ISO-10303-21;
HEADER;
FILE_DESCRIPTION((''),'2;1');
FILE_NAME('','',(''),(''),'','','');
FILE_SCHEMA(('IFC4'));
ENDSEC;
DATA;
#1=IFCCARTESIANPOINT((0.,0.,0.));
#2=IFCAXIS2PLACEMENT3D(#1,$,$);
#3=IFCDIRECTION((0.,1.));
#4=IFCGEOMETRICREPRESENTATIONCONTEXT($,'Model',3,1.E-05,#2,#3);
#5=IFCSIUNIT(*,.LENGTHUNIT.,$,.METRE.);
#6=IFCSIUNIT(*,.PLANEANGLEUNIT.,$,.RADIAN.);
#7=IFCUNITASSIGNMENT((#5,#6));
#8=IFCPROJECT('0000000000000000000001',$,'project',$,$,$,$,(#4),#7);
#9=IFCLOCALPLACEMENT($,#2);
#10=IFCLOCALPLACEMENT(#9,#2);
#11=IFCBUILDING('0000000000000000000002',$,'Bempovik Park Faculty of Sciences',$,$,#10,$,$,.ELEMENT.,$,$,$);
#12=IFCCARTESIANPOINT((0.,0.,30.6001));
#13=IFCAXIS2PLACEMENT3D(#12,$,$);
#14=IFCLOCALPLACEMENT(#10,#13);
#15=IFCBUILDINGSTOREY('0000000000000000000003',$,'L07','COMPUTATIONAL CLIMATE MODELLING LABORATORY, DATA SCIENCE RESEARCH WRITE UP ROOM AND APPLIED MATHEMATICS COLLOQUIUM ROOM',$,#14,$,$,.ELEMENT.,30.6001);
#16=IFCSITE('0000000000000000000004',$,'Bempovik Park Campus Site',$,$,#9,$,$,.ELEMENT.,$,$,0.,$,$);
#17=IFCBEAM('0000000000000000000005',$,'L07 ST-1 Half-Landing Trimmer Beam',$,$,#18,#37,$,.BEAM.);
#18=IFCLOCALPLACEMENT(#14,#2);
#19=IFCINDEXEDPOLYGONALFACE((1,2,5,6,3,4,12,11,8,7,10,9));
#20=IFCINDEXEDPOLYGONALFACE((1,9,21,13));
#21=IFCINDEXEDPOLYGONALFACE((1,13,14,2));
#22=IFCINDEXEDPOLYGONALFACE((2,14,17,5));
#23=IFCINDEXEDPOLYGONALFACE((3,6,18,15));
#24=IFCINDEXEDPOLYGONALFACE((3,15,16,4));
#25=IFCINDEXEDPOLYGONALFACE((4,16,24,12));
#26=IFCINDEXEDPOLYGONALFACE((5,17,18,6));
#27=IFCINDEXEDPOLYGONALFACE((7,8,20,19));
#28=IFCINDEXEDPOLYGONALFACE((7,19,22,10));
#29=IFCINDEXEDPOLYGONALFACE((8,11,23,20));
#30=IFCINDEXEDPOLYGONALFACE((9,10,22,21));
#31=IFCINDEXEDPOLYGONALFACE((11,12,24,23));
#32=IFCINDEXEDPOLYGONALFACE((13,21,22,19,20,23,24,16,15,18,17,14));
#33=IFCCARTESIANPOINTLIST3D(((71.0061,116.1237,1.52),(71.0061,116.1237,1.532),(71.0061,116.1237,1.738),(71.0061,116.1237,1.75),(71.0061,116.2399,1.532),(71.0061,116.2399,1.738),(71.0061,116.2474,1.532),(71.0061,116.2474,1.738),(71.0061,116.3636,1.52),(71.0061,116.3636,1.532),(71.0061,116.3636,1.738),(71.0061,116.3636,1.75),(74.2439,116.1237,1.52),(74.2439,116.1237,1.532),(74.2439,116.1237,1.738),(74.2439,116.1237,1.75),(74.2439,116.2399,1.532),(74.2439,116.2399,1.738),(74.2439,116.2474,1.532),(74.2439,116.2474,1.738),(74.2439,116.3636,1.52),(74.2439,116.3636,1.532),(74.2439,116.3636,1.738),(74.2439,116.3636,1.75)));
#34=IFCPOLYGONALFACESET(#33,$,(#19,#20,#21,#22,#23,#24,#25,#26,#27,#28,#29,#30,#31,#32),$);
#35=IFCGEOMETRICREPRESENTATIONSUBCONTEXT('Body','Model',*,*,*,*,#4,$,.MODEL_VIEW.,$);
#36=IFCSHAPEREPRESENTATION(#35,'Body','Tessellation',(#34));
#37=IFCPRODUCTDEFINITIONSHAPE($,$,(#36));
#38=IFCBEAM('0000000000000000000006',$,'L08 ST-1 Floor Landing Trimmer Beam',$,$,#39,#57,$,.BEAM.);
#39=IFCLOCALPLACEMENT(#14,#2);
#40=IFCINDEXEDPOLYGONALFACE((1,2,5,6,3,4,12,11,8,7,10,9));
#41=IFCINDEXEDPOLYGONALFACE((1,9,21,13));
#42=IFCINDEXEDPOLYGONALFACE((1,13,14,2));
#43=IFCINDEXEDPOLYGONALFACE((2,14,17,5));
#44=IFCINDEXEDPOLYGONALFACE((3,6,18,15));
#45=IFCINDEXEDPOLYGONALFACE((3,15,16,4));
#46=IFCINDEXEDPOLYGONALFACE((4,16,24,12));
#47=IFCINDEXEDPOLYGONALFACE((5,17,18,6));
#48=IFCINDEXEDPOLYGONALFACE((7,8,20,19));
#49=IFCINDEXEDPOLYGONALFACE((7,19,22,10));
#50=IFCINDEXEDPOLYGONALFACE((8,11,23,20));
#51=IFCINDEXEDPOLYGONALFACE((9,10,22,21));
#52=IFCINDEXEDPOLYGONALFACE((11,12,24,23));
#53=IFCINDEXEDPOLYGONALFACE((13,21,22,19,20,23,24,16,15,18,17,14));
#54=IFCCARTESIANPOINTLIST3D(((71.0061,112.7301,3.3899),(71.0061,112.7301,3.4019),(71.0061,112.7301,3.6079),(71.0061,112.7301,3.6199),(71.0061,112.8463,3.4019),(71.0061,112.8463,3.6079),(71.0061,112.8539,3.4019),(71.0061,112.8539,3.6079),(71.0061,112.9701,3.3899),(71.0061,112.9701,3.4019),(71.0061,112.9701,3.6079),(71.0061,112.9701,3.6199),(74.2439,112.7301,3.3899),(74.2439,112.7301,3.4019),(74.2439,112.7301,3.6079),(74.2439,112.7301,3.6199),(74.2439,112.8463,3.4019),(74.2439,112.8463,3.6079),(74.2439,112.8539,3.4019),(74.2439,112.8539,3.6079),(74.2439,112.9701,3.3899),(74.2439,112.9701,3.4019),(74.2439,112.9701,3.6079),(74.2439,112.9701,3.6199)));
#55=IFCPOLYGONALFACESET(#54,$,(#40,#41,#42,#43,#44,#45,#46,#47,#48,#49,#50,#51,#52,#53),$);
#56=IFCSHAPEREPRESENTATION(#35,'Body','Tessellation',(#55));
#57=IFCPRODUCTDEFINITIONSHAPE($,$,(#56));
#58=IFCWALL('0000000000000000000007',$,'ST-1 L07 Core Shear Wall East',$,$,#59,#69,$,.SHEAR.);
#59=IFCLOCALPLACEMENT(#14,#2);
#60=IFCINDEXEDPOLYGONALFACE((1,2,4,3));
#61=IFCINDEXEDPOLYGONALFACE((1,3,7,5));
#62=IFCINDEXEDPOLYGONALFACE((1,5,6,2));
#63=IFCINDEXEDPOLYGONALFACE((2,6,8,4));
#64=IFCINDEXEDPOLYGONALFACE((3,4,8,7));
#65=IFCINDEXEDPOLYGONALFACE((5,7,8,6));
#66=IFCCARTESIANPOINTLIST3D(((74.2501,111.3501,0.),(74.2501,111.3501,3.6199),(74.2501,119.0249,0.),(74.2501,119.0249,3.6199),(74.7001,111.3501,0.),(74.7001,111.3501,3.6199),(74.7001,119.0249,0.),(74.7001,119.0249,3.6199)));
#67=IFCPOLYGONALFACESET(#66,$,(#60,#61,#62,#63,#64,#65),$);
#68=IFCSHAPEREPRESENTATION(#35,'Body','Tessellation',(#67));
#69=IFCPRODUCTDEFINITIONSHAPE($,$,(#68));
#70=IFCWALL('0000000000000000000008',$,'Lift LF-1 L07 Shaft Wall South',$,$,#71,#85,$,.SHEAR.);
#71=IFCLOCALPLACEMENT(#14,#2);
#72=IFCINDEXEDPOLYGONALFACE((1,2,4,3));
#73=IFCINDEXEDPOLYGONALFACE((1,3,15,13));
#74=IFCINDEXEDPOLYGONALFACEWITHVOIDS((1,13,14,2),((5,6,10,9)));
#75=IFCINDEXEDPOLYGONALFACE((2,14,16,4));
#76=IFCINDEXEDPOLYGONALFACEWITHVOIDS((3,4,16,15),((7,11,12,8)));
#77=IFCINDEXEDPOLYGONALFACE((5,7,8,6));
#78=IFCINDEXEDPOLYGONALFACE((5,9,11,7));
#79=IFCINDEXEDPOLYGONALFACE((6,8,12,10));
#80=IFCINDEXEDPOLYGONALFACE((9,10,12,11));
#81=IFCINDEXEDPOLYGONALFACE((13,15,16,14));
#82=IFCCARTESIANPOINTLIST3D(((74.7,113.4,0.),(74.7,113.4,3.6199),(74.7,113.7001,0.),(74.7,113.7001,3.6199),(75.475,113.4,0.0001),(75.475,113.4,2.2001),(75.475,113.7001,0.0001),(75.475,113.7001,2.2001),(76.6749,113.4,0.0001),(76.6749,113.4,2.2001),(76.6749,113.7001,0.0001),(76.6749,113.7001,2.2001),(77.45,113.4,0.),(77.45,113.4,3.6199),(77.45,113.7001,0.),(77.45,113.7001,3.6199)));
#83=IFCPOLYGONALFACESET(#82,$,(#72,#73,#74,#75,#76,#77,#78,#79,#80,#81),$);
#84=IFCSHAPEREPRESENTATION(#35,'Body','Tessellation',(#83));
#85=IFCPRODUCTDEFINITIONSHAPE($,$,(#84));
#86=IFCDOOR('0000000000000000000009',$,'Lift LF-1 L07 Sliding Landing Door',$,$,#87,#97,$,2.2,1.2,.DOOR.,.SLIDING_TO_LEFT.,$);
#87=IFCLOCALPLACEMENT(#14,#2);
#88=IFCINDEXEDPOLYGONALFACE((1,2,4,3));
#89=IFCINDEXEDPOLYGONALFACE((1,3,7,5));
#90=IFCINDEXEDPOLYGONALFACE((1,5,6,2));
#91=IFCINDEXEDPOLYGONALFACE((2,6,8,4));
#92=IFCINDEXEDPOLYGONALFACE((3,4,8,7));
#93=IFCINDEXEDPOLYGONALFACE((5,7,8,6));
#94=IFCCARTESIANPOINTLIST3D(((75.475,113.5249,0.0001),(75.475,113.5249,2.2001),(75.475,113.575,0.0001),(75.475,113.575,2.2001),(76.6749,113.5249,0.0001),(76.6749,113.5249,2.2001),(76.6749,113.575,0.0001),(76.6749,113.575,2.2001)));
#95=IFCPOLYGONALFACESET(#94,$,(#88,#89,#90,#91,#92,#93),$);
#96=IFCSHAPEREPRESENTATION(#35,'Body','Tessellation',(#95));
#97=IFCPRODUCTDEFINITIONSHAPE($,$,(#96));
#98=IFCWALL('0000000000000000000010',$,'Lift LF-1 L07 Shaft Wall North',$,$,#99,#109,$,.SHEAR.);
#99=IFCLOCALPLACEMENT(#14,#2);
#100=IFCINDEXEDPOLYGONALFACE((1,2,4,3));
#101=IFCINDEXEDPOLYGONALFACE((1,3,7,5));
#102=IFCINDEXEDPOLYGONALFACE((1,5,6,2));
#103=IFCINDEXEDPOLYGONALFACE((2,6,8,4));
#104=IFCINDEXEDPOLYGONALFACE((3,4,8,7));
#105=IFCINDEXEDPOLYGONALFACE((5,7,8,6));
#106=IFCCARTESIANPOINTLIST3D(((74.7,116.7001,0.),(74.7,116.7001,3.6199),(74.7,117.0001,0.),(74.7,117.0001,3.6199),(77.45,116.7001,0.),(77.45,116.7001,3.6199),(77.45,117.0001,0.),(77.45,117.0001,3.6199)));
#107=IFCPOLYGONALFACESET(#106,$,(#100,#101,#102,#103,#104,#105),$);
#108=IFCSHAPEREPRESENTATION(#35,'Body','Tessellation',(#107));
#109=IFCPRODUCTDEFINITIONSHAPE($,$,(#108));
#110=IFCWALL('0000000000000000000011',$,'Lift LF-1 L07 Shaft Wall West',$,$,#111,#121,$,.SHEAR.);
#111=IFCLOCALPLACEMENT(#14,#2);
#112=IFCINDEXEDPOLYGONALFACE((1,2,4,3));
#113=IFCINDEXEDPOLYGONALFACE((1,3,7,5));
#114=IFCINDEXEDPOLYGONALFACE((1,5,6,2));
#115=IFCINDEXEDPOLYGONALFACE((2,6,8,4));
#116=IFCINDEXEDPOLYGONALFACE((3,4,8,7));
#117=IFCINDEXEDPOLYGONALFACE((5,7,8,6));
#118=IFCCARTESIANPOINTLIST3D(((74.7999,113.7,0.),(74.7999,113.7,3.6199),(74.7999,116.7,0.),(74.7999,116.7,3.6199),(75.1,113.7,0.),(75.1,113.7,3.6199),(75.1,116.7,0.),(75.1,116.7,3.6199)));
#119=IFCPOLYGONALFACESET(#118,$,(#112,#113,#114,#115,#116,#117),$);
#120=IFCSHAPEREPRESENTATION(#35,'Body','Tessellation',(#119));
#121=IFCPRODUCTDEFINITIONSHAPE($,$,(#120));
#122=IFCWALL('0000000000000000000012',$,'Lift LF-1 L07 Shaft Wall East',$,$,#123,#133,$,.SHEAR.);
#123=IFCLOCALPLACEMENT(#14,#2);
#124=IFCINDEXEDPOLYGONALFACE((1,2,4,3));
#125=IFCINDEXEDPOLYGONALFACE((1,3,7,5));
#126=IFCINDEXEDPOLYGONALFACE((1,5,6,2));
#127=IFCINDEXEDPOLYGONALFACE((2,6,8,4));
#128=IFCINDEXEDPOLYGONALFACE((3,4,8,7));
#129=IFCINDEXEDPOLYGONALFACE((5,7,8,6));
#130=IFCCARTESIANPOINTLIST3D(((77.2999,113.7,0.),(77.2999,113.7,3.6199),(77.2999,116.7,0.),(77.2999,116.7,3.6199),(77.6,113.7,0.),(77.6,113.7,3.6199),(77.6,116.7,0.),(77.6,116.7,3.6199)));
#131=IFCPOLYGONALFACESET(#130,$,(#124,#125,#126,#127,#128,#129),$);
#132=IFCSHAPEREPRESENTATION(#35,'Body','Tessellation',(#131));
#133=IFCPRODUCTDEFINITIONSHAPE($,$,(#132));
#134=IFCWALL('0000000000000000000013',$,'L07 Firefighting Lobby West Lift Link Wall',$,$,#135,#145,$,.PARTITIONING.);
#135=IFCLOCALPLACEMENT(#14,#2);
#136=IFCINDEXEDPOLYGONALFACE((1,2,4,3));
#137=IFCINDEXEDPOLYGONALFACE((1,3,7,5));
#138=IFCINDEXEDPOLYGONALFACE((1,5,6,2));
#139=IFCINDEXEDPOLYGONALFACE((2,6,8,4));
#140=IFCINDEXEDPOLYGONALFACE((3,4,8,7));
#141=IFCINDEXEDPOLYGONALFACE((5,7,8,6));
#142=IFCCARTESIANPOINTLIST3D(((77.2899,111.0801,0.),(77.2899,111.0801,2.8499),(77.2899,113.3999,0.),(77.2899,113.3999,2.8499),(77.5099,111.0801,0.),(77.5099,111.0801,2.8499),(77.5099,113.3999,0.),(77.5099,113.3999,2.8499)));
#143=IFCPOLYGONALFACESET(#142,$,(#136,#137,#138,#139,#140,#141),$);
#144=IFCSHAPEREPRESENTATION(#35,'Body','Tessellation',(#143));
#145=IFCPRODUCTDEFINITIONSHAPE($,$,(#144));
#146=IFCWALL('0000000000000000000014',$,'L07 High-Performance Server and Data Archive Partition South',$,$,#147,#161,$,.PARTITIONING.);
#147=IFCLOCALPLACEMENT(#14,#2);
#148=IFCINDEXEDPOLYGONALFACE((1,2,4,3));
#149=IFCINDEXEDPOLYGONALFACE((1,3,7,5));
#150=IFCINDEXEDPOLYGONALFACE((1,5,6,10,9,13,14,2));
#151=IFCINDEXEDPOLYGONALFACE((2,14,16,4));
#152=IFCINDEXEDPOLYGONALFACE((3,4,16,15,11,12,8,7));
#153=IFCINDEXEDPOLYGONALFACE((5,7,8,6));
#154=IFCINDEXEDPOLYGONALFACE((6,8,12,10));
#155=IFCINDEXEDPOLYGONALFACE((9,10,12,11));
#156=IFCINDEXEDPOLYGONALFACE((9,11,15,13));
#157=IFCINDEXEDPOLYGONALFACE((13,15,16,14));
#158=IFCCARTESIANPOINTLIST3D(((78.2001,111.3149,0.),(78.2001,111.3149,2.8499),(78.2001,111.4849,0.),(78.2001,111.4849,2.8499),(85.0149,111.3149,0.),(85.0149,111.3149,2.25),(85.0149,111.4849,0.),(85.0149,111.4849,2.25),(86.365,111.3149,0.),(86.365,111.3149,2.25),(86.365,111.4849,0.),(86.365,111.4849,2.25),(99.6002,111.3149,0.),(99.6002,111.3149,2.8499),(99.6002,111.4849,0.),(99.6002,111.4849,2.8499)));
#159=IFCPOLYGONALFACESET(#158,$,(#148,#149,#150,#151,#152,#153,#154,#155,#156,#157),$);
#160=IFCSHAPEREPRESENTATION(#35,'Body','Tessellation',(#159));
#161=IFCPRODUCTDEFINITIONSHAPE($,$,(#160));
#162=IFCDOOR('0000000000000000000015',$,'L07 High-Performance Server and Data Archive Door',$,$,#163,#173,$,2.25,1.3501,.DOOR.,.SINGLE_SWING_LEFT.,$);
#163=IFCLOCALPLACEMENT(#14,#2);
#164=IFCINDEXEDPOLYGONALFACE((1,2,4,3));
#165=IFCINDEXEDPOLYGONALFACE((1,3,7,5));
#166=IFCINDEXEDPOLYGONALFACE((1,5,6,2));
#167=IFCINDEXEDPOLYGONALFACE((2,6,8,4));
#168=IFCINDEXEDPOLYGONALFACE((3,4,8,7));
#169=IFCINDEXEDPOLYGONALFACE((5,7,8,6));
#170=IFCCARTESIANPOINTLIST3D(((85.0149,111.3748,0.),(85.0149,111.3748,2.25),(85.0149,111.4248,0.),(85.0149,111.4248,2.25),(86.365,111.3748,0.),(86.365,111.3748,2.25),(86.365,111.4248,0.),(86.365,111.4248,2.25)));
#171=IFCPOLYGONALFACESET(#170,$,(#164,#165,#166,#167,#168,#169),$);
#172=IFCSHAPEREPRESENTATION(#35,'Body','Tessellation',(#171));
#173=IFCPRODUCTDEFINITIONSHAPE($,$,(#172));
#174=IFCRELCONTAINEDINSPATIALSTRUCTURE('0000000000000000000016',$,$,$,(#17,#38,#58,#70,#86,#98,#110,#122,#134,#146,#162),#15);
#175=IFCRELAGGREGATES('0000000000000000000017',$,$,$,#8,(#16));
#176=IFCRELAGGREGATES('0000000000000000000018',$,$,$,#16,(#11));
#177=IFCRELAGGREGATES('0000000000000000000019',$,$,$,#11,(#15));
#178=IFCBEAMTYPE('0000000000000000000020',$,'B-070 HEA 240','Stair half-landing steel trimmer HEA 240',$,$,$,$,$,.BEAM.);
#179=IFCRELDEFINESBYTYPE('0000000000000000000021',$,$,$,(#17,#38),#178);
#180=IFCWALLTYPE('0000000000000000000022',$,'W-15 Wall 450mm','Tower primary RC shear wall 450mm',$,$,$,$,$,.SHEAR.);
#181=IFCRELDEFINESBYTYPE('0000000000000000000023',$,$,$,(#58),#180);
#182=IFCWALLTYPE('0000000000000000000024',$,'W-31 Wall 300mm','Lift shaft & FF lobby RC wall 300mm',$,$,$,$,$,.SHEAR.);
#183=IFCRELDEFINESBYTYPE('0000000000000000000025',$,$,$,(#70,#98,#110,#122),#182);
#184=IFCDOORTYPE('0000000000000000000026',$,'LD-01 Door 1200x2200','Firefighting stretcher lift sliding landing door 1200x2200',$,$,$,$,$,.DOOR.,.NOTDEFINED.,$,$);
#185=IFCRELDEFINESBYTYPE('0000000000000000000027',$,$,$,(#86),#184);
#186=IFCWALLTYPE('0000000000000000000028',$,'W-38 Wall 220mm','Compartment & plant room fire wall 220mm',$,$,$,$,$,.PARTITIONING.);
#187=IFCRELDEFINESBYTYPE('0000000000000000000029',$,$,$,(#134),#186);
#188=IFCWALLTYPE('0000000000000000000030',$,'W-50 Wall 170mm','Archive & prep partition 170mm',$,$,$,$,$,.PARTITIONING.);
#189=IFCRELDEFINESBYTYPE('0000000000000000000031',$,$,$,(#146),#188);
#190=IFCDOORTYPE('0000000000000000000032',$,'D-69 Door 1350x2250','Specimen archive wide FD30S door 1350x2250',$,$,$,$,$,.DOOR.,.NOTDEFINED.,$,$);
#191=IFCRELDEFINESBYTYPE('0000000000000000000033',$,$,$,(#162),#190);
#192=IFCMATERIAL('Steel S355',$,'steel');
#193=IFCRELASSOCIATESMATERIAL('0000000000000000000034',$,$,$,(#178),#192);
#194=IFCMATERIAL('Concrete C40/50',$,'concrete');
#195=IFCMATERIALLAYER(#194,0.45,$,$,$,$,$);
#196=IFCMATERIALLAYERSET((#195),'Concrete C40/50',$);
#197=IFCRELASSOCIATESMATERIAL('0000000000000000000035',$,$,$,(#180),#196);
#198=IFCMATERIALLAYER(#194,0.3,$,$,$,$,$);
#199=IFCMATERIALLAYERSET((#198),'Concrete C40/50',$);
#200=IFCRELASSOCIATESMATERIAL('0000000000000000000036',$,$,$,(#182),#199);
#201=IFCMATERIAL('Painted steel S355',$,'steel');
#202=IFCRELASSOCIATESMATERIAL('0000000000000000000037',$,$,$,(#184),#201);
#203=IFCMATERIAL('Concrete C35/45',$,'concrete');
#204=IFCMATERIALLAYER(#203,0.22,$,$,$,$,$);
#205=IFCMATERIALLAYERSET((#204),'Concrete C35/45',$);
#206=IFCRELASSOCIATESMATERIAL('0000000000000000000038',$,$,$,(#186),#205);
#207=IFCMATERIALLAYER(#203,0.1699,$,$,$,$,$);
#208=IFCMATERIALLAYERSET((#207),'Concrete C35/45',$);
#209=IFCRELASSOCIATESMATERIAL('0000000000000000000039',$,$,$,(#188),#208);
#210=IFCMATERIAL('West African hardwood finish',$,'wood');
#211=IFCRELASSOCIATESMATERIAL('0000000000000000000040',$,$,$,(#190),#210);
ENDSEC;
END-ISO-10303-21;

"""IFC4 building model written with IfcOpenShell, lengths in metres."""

from ifc_helpers import new_model, si_unit, direction, frame, frame_2d, origin, origin_2d, place, context, subcontext, project, spatial, rectangle, i_section, extrude, material, layer, layer_set, material_profile, profile_set, type_object, element, fill, save


model = new_model("IFC4")

# Units and contexts
model_context = context("Model", 3, precision=1e-05, world=origin(), true_north=direction((0.0, 1.0)))
body_context = subcontext(model_context, "Body", "Model", "MODEL_VIEW")
ifc_project = project(units=[si_unit("LENGTHUNIT", "METRE"), si_unit("PLANEANGLEUNIT", "RADIAN")], contexts=[model_context])

# Site, building, storey
site_placement = place(None, origin())
site = spatial("IfcSite", under=ifc_project, at=site_placement, Name="Bempovik Park Campus Site", CompositionType="ELEMENT", RefElevation=0.0)
building_placement = place(site_placement, origin())
building = spatial("IfcBuilding", under=site, at=building_placement, Name="Bempovik Park Faculty of Sciences", CompositionType="ELEMENT")
storey_placement = place(building_placement, frame((0.0, 0.0, 30.6001)))
storey = spatial("IfcBuildingStorey", under=building, at=storey_placement, Name="L07", Description="COMPUTATIONAL CLIMATE MODELLING LABORATORY, DATA SCIENCE RESEARCH WRITE UP ROOM AND APPLIED MATHEMATICS COLLOQUIUM ROOM", CompositionType="ELEMENT", Elevation=30.6001)

# Beams
ifc_material_1 = material(Name="Steel S355", Category="steel")
ifc_material_profile = material_profile(ifc_material_1, i_section(OverallWidth=0.24, OverallDepth=0.23, WebThickness=0.0076, FlangeThickness=0.012, at=origin_2d()), Name="HEA 240")
ifc_profile_set = profile_set([ifc_material_profile], Name="Steel S355")
beam_type = type_object("IfcBeamType", Name="B-070 HEA 240", Description="Stair half-landing steel trimmer HEA 240", PredefinedType="BEAM", material=ifc_profile_set)
for number, where, z_axis, x_axis, name in (
    (1, (71.0061, 116.2437, 1.635), (1.0, 0.0, 0.0), (0.0, 1.0, 0.0), "L07 ST-1 Half-Landing Trimmer Beam"),
    (2, (71.0061, 112.8501, 3.5049), (1.0, 0.0, 0.0), (0.0, 1.0, 0.0), "L08 ST-1 Floor Landing Trimmer Beam"),
):
    element("IfcBeam", number, at=place(storey_placement, frame(where, z_axis=z_axis, x_axis=x_axis)), inside=storey, type_object=beam_type, Name=name, PredefinedType="BEAM", context=body_context, shape_type="SweptSolid", body=[
        extrude(i_section(OverallWidth=0.24, OverallDepth=0.23, WebThickness=0.0076, FlangeThickness=0.012, at=origin_2d()), origin(), (0.0, 0.0, 1.0), 3.2378),
    ])

# Wall
ifc_material_2 = material(Name="Concrete C40/50", Category="concrete")
ifc_layer_1 = layer(ifc_material_2, 0.45)
ifc_layer_set_1 = layer_set([ifc_layer_1], Name="Concrete C40/50")
wall_type_1 = type_object("IfcWallType", Name="W-15 Wall 450mm", Description="Tower primary RC shear wall 450mm", PredefinedType="SHEAR", material=ifc_layer_set_1)
wall_1_placement = place(storey_placement, frame((74.4751, 111.3501, 0.0), z_axis=(0.0, 0.0, 1.0), x_axis=(0.0, 1.0, 0.0)))
element("IfcWall", 3, at=wall_1_placement, inside=storey, type_object=wall_type_1, Name="ST-1 L07 Core Shear Wall East", PredefinedType="SHEAR", context=body_context, shape_type="SweptSolid", body=[
    extrude(rectangle(XDim=7.6748, YDim=0.45, at=frame_2d((3.8374, 0.0))), origin(), (0.0, 0.0, 1.0), 3.6199),
])

# Wall, opening, door
ifc_layer_2 = layer(ifc_material_2, 0.3)
ifc_layer_set_2 = layer_set([ifc_layer_2], Name="Concrete C40/50")
wall_type_2 = type_object("IfcWallType", Name="W-31 Wall 300mm", Description="Lift shaft & FF lobby RC wall 300mm", PredefinedType="SHEAR", material=ifc_layer_set_2)
wall_2_placement = place(storey_placement, frame((74.7, 113.55, 0.0), z_axis=(0.0, 0.0, 1.0), x_axis=(1.0, 0.0, 0.0)))
wall_2 = element("IfcWall", 4, at=wall_2_placement, inside=storey, type_object=wall_type_2, Name="Lift LF-1 L07 Shaft Wall South", PredefinedType="SHEAR", context=body_context, shape_type="SweptSolid", body=[
    extrude(rectangle(XDim=2.75, YDim=0.3, at=frame_2d((1.375, 0.0))), origin(), (0.0, 0.0, 1.0), 3.6199),
])
opening_1_placement = place(wall_2_placement, frame((0.7749, 0.0, 0.0)))
opening_1 = element("IfcOpeningElement", 5, at=opening_1_placement, cuts=wall_2, PredefinedType="OPENING", context=body_context, shape_type="SweptSolid", body=[
    extrude(rectangle(XDim=1.2, YDim=2.2, at=frame_2d((0.6001, 1.1001))), frame((0.0, 0.1602, 0.0), z_axis=(0.0, -1.0, 0.0), x_axis=(1.0, 0.0, 0.0)), (0.0, 0.0, 1.0), 0.3201),
])
ifc_material_3 = material(Name="Painted steel S355", Category="steel")
door_type_1 = type_object("IfcDoorType", Name="LD-01 Door 1200x2200", Description="Firefighting stretcher lift sliding landing door 1200x2200", OperationType="NOTDEFINED", PredefinedType="DOOR", material=ifc_material_3)
door_1_placement = place(opening_1_placement, origin())
door_1 = element("IfcDoor", 6, at=door_1_placement, inside=storey, type_object=door_type_1, Name="Lift LF-1 L07 Sliding Landing Door", OperationType="SLIDING_TO_LEFT", OverallHeight=2.2, OverallWidth=1.2, PredefinedType="DOOR", context=body_context, shape_type="SweptSolid", body=[
    extrude(rectangle(XDim=1.2, YDim=2.2, at=frame_2d((0.6001, 1.1001))), frame((0.0, 0.0249, 0.0), z_axis=(0.0, -1.0, 0.0), x_axis=(1.0, 0.0, 0.0)), (0.0, 0.0, 1.0), 0.05),
])
fill(opening_1, door_1)

# Walls
wall_3_placement = place(storey_placement, frame((74.7, 116.8501, 0.0), z_axis=(0.0, 0.0, 1.0), x_axis=(1.0, 0.0, 0.0)))
element("IfcWall", 7, at=wall_3_placement, inside=storey, type_object=wall_type_2, Name="Lift LF-1 L07 Shaft Wall North", PredefinedType="SHEAR", context=body_context, shape_type="SweptSolid", body=[
    extrude(rectangle(XDim=2.75, YDim=0.3, at=frame_2d((1.375, 0.0))), origin(), (0.0, 0.0, 1.0), 3.6199),
])
for number, where, z_axis, x_axis, name in (
    (8, (74.95, 113.7, 0.0), (0.0, 0.0, 1.0), (0.0, 1.0, 0.0), "Lift LF-1 L07 Shaft Wall West"),
    (9, (77.45, 113.7, 0.0), (0.0, 0.0, 1.0), (0.0, 1.0, 0.0), "Lift LF-1 L07 Shaft Wall East"),
):
    element("IfcWall", number, at=place(storey_placement, frame(where, z_axis=z_axis, x_axis=x_axis)), inside=storey, type_object=wall_type_2, Name=name, PredefinedType="SHEAR", context=body_context, shape_type="SweptSolid", body=[
        extrude(rectangle(XDim=3.0, YDim=0.3, at=frame_2d((1.5, 0.0))), origin(), (0.0, 0.0, 1.0), 3.6199),
    ])
ifc_material_4 = material(Name="Concrete C35/45", Category="concrete")
ifc_layer_3 = layer(ifc_material_4, 0.22)
ifc_layer_set_3 = layer_set([ifc_layer_3], Name="Concrete C35/45")
wall_type_3 = type_object("IfcWallType", Name="W-38 Wall 220mm", Description="Compartment & plant room fire wall 220mm", PredefinedType="PARTITIONING", material=ifc_layer_set_3)
wall_4_placement = place(storey_placement, frame((77.3999, 111.0801, 0.0), z_axis=(0.0, 0.0, 1.0), x_axis=(0.0, 1.0, 0.0)))
element("IfcWall", 10, at=wall_4_placement, inside=storey, type_object=wall_type_3, Name="L07 Firefighting Lobby West Lift Link Wall", PredefinedType="PARTITIONING", context=body_context, shape_type="SweptSolid", body=[
    extrude(rectangle(XDim=2.3198, YDim=0.22, at=frame_2d((1.1599, 0.0))), origin(), (0.0, 0.0, 1.0), 2.8499),
])

# Wall, opening, door
ifc_layer_4 = layer(ifc_material_4, 0.1699)
ifc_layer_set_4 = layer_set([ifc_layer_4], Name="Concrete C35/45")
wall_type_4 = type_object("IfcWallType", Name="W-50 Wall 170mm", Description="Archive & prep partition 170mm", PredefinedType="PARTITIONING", material=ifc_layer_set_4)
wall_5_placement = place(storey_placement, frame((78.2, 111.3999, 0.0), z_axis=(0.0, 0.0, 1.0), x_axis=(1.0, 0.0, 0.0)))
wall_5 = element("IfcWall", 11, at=wall_5_placement, inside=storey, type_object=wall_type_4, Name="L07 High-Performance Server and Data Archive Partition South", PredefinedType="PARTITIONING", context=body_context, shape_type="SweptSolid", body=[
    extrude(rectangle(XDim=21.4001, YDim=0.1699, at=frame_2d((10.7002, 0.0))), origin(), (0.0, 0.0, 1.0), 2.8499),
])
opening_2_placement = place(wall_5_placement, frame((6.8149, 0.0, 0.0)))
opening_2 = element("IfcOpeningElement", 12, at=opening_2_placement, cuts=wall_5, PredefinedType="OPENING", context=body_context, shape_type="SweptSolid", body=[
    extrude(rectangle(XDim=1.3501, YDim=2.25, at=frame_2d((0.675, 1.125))), frame((0.0, 0.095, 0.0), z_axis=(0.0, -1.0, 0.0), x_axis=(1.0, 0.0, 0.0)), (0.0, 0.0, 1.0), 0.1899),
])
ifc_material_5 = material(Name="West African hardwood finish", Category="wood")
door_type_2 = type_object("IfcDoorType", Name="D-69 Door 1350x2250", Description="Specimen archive wide FD30S door 1350x2250", OperationType="NOTDEFINED", PredefinedType="DOOR", material=ifc_material_5)
door_2_placement = place(opening_2_placement, origin())
door_2 = element("IfcDoor", 13, at=door_2_placement, inside=storey, type_object=door_type_2, Name="L07 High-Performance Server and Data Archive Door", OperationType="SINGLE_SWING_LEFT", OverallHeight=2.25, OverallWidth=1.3501, PredefinedType="DOOR", context=body_context, shape_type="SweptSolid", body=[
    extrude(rectangle(XDim=1.3501, YDim=2.25, at=frame_2d((0.675, 1.125))), frame((0.0, 0.0249, 0.0), z_axis=(0.0, -1.0, 0.0), x_axis=(1.0, 0.0, 0.0)), (0.0, 0.0, 1.0), 0.05),
])
fill(opening_2, door_2)

save(model, "model.ifc")
